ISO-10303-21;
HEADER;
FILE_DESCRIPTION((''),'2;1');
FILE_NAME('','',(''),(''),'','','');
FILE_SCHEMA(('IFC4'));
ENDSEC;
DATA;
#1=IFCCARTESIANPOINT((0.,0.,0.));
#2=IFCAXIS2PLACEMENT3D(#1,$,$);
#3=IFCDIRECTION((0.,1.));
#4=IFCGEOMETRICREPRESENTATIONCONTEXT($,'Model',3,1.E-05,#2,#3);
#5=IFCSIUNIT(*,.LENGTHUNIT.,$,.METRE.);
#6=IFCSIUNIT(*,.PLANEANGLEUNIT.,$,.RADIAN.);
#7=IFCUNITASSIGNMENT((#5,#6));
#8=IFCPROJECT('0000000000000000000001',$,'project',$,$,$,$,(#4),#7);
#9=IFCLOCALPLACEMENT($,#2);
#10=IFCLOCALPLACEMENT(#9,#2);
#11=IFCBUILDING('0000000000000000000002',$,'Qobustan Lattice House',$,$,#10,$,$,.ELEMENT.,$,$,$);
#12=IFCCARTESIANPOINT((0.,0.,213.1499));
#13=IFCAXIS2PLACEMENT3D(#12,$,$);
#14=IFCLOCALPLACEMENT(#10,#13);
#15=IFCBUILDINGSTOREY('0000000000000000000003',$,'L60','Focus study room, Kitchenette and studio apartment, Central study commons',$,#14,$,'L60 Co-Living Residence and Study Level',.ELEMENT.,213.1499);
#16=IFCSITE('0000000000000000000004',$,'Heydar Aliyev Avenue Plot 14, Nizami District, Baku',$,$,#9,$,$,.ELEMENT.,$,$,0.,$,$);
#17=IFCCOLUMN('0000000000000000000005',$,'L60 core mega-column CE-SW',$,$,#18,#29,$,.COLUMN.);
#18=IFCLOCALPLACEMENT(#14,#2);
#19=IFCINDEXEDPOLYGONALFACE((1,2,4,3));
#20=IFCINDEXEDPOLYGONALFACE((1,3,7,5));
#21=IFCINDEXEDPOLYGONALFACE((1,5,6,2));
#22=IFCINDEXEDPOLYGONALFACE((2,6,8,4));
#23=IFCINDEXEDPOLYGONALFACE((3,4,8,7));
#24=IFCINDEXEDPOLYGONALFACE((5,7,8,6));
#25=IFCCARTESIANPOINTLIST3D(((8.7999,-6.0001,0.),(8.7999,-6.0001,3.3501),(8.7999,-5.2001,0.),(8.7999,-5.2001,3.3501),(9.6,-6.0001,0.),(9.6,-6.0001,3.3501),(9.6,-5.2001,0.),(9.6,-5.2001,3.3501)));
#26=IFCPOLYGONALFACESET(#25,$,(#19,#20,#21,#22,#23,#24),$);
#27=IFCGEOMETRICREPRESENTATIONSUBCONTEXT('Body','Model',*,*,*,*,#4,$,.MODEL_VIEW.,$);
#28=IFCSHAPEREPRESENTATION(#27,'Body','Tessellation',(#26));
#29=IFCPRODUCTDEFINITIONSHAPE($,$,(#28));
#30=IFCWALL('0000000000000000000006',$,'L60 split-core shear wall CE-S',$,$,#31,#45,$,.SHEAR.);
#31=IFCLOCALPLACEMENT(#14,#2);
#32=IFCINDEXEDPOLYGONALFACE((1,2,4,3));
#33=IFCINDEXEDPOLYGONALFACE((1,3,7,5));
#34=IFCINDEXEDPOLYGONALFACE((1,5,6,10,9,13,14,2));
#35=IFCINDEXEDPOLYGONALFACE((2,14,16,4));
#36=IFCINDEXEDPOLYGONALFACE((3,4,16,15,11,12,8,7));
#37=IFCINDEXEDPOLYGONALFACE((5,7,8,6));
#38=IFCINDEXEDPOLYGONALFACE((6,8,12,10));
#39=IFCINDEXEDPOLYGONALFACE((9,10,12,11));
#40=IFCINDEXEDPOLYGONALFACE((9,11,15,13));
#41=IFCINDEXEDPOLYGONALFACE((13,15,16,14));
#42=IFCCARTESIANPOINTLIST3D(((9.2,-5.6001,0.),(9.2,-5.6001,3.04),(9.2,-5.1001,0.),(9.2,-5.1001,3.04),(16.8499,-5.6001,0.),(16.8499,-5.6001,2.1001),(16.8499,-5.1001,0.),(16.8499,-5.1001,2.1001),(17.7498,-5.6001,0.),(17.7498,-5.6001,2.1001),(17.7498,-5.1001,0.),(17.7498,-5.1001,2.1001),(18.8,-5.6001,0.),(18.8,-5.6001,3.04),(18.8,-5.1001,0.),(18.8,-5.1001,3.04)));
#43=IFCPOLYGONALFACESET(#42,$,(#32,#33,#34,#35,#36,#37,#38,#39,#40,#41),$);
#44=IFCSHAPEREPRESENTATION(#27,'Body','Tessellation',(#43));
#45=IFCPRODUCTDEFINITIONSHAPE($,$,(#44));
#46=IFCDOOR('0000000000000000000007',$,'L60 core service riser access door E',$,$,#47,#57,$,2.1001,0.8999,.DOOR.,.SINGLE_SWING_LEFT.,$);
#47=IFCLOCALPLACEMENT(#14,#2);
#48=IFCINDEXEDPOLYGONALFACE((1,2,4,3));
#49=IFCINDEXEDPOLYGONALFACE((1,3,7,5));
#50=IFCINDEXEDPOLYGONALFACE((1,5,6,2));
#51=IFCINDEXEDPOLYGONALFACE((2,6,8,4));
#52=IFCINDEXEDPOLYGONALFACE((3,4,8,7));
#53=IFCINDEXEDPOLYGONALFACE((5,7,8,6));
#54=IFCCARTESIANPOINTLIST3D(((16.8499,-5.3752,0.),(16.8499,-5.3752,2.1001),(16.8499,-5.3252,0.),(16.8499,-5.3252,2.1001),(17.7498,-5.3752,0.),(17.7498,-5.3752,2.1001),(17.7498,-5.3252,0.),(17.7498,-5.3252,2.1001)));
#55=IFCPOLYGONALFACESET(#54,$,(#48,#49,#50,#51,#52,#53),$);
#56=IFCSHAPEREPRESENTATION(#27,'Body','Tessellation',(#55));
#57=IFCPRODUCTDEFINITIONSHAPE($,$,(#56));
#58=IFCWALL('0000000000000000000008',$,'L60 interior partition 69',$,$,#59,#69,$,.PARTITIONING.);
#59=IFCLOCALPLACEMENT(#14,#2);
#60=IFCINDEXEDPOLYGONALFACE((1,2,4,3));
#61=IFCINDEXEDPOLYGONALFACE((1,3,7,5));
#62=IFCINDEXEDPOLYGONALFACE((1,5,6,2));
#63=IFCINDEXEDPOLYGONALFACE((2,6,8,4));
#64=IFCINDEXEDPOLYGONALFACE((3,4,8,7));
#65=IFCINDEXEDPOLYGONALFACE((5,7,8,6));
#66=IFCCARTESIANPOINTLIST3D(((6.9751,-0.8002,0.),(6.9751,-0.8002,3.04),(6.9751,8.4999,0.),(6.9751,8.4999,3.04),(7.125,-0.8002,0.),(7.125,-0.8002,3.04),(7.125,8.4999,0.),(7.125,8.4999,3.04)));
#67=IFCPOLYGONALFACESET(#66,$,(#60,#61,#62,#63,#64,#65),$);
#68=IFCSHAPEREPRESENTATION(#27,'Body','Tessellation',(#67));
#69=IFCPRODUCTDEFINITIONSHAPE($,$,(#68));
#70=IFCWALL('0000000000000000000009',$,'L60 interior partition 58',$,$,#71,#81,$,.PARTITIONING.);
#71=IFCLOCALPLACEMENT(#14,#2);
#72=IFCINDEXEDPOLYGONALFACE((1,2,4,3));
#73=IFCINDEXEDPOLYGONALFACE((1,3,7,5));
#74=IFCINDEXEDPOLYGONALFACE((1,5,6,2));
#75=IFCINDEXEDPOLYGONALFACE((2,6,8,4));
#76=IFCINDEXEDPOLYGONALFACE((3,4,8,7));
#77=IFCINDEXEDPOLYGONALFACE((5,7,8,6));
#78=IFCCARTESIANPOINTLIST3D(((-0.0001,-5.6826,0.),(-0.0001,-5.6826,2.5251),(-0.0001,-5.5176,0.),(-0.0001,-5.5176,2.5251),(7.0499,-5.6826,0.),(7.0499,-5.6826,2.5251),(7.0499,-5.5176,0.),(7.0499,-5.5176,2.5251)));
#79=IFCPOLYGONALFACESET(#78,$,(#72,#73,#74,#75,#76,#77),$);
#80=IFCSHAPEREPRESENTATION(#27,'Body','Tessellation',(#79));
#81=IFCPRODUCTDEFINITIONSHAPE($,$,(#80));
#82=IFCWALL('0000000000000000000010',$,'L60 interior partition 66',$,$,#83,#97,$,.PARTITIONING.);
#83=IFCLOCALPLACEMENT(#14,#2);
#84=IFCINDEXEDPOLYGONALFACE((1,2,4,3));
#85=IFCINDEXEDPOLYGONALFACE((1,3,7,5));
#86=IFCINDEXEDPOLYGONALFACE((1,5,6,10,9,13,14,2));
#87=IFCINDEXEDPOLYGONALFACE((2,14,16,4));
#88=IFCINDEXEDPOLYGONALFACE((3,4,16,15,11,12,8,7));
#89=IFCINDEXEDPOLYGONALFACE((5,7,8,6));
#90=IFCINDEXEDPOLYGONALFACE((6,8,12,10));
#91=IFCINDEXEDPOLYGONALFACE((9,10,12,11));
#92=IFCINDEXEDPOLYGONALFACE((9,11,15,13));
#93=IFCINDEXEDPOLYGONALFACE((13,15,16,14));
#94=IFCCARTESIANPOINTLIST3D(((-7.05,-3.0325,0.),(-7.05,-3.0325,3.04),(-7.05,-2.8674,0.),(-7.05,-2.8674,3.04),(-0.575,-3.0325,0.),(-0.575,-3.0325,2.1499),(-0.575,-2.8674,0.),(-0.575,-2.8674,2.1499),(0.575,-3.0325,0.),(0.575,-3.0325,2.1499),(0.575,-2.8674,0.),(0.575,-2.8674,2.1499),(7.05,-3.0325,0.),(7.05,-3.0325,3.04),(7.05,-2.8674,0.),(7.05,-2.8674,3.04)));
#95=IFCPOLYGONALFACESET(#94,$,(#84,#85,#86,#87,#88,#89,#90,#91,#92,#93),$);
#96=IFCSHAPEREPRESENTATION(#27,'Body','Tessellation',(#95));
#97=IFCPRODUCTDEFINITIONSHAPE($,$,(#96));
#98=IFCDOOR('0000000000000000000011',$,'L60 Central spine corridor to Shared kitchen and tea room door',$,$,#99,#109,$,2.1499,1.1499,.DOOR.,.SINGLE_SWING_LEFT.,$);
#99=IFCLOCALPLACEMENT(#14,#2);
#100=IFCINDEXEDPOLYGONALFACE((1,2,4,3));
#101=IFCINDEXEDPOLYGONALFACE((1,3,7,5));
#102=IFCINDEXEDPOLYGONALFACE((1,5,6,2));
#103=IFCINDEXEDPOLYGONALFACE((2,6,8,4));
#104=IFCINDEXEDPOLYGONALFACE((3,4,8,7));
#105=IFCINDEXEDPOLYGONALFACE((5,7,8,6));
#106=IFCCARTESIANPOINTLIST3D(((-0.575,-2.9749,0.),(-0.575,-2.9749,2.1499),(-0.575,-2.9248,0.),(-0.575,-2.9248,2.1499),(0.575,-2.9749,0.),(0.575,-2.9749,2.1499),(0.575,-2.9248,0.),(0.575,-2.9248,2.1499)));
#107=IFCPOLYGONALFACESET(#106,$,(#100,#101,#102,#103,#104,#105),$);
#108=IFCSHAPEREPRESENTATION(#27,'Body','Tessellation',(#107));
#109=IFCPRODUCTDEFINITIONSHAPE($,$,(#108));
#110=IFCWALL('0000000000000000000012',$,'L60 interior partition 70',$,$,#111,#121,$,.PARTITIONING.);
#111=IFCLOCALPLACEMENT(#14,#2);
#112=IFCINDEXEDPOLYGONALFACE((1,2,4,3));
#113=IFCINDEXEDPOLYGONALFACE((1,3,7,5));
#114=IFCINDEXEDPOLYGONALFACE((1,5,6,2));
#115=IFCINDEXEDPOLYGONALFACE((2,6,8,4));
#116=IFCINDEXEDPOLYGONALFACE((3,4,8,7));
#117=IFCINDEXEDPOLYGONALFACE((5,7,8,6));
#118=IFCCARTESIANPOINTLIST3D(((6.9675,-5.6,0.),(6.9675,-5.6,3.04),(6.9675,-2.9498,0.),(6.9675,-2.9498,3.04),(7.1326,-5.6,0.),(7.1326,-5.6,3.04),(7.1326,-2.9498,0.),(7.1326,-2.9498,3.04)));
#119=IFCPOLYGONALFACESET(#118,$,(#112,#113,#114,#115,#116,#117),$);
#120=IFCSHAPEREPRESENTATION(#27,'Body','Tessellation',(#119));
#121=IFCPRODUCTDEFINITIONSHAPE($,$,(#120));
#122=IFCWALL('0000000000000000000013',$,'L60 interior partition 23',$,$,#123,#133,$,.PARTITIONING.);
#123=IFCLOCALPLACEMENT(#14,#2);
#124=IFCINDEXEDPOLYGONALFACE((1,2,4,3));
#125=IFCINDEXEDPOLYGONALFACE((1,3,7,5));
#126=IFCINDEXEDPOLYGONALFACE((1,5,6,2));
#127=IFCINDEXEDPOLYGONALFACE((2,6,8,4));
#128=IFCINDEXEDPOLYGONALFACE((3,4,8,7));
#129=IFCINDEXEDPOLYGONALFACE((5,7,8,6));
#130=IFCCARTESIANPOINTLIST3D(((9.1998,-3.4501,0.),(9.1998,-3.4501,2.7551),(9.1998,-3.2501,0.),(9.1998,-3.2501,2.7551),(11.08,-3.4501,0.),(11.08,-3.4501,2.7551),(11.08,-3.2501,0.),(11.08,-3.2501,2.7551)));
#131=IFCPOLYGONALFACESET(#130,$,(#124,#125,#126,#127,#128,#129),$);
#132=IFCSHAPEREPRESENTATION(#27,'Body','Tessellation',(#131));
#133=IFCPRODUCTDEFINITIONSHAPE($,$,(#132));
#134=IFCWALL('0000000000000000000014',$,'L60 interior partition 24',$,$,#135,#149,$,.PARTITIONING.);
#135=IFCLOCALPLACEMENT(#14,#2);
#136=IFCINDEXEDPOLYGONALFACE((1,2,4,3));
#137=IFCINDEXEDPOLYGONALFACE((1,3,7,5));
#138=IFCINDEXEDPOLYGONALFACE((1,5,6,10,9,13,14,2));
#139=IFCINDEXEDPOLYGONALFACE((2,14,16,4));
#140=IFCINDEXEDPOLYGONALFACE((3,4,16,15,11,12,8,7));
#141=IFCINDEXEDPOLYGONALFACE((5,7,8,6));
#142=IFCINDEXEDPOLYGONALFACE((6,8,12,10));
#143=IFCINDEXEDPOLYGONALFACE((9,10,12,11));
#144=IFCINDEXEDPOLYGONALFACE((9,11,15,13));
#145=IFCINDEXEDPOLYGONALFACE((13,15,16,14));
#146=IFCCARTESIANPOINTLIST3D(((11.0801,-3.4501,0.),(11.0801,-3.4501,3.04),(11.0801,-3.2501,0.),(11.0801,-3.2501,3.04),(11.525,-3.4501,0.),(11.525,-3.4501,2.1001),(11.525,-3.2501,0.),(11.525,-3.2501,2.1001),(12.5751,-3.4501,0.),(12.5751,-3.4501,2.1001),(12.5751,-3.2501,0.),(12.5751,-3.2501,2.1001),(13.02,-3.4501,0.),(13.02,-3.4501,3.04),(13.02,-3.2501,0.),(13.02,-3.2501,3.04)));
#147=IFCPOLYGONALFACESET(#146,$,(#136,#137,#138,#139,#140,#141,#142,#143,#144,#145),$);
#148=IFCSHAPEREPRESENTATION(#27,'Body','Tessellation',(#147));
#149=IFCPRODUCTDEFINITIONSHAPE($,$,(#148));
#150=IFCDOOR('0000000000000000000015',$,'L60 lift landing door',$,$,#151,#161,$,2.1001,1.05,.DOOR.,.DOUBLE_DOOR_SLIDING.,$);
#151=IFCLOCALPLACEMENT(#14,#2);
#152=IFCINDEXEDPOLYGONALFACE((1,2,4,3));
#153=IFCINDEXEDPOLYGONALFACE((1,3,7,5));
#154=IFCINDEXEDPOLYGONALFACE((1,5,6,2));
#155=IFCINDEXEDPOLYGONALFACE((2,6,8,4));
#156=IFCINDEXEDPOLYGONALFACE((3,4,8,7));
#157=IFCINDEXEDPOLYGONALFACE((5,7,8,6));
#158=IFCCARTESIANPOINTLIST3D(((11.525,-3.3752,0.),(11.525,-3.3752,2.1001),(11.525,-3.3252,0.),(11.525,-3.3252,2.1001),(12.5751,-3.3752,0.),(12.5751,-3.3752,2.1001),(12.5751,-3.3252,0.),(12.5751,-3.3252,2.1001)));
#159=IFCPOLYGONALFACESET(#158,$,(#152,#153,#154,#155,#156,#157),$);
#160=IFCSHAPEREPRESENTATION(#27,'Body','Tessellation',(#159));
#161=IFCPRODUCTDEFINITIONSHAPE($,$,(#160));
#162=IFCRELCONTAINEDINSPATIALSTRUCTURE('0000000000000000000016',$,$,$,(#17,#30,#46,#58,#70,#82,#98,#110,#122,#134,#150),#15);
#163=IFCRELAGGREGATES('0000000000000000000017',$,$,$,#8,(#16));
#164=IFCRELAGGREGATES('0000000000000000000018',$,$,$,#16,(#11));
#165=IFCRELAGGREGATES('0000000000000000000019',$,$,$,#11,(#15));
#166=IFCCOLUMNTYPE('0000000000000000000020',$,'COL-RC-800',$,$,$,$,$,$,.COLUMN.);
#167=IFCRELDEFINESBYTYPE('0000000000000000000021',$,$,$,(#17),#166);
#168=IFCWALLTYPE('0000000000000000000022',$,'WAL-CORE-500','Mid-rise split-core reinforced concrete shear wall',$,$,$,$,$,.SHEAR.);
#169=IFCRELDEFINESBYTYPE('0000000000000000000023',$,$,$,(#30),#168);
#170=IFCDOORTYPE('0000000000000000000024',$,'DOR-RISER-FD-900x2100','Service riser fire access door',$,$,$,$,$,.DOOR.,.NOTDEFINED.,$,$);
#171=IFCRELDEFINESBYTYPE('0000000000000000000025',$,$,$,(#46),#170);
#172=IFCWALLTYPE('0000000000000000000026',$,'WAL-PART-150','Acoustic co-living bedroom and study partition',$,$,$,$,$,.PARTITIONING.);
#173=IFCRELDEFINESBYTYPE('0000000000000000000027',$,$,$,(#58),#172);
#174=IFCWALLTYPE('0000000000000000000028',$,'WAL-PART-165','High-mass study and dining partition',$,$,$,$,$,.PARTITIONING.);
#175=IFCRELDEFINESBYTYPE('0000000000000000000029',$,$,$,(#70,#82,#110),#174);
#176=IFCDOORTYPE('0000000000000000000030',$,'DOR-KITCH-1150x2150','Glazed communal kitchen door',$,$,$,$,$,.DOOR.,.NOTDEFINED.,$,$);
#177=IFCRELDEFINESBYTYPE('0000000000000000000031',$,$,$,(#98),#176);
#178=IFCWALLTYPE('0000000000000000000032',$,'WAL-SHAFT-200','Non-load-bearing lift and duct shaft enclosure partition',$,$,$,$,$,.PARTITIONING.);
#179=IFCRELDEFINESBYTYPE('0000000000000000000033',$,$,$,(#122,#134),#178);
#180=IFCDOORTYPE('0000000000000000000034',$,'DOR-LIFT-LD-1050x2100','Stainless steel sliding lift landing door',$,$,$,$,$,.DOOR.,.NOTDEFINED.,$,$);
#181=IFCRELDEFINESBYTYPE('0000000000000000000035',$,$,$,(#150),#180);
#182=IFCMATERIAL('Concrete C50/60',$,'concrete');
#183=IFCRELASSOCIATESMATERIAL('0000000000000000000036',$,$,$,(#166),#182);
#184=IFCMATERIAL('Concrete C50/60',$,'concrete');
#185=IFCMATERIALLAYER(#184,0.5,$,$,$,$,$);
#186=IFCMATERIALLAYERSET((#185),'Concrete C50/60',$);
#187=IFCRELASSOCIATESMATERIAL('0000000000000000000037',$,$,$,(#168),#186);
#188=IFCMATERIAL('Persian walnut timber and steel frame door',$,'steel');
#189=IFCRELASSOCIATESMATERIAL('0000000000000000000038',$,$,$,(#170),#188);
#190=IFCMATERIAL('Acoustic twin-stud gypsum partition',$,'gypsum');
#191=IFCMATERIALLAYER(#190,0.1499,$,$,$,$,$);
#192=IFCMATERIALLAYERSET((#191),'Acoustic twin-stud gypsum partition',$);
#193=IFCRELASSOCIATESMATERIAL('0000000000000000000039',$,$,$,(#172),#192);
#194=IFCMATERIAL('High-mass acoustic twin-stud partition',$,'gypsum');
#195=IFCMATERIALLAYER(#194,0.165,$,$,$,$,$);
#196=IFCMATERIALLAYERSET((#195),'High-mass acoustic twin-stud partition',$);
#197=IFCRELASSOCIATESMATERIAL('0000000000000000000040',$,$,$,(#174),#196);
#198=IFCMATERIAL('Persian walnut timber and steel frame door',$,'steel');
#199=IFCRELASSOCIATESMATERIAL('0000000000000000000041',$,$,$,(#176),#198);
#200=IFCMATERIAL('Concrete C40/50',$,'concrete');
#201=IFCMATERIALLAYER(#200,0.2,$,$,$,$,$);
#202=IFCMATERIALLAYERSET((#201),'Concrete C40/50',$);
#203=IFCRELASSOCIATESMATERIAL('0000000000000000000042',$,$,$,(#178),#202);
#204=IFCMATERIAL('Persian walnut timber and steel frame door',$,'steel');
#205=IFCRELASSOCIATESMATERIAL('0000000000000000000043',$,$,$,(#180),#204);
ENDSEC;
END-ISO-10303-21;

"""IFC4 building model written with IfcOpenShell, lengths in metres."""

from ifc_helpers import new_model, si_unit, direction, frame, frame_2d, origin, origin_2d, place, context, subcontext, project, spatial, rectangle, extrude, material, layer, layer_set, material_profile, profile_set, type_object, element, fill, save


model = new_model("IFC4")

# Units and contexts
model_context = context("Model", 3, precision=1e-05, world=origin(), true_north=direction((0.0, 1.0)))
body_context = subcontext(model_context, "Body", "Model", "MODEL_VIEW")
ifc_project = project(units=[si_unit("LENGTHUNIT", "METRE"), si_unit("PLANEANGLEUNIT", "RADIAN")], contexts=[model_context])

# Site, building, storey
site_placement = place(None, origin())
site = spatial("IfcSite", under=ifc_project, at=site_placement, Name="Heydar Aliyev Avenue Plot 14, Nizami District, Baku", CompositionType="ELEMENT", RefElevation=0.0)
building_placement = place(site_placement, origin())
building = spatial("IfcBuilding", under=site, at=building_placement, Name="Qobustan Lattice House", CompositionType="ELEMENT")
storey_placement = place(building_placement, frame((0.0, 0.0, 213.1499)))
storey = spatial("IfcBuildingStorey", under=building, at=storey_placement, Name="L60", Description="Focus study room, Kitchenette and studio apartment, Central study commons", LongName="L60 Co-Living Residence and Study Level", CompositionType="ELEMENT", Elevation=213.1499)

# Column
ifc_material_1 = material(Name="Concrete C50/60", Category="concrete")
ifc_material_profile = material_profile(ifc_material_1, rectangle(XDim=0.8, YDim=0.8, at=origin_2d()), Name="RC800x800")
ifc_profile_set = profile_set([ifc_material_profile], Name="Concrete C50/60")
column_type = type_object("IfcColumnType", Name="COL-RC-800", PredefinedType="COLUMN", material=ifc_profile_set)
column_placement = place(storey_placement, frame((9.2, -5.6001, 0.0), z_axis=(0.0, 0.0, 1.0), x_axis=(1.0, 0.0, 0.0)))
element("IfcColumn", 1, at=column_placement, inside=storey, type_object=column_type, Name="L60 core mega-column CE-SW", PredefinedType="COLUMN", context=body_context, shape_type="SweptSolid", body=[
    extrude(rectangle(XDim=0.8, YDim=0.8, at=origin_2d()), origin(), (0.0, 0.0, 1.0), 3.3501),
])

# Wall, opening, door
ifc_material_2 = material(Name="Concrete C50/60", Category="concrete")
ifc_layer_1 = layer(ifc_material_2, 0.5)
ifc_layer_set_1 = layer_set([ifc_layer_1], Name="Concrete C50/60")
wall_type_1 = type_object("IfcWallType", Name="WAL-CORE-500", Description="Mid-rise split-core reinforced concrete shear wall", PredefinedType="SHEAR", material=ifc_layer_set_1)
wall_1_placement = place(storey_placement, frame((9.2, -5.3501, 0.0), z_axis=(0.0, 0.0, 1.0), x_axis=(1.0, 0.0, 0.0)))
wall_1 = element("IfcWall", 2, at=wall_1_placement, inside=storey, type_object=wall_type_1, Name="L60 split-core shear wall CE-S", PredefinedType="SHEAR", context=body_context, shape_type="SweptSolid", body=[
    extrude(rectangle(XDim=9.6001, YDim=0.5, at=frame_2d((4.8, 0.0))), origin(), (0.0, 0.0, 1.0), 3.04),
])
opening_1_placement = place(wall_1_placement, frame((7.6499, 0.0, 0.0)))
opening_1 = element("IfcOpeningElement", 3, at=opening_1_placement, cuts=wall_1, PredefinedType="OPENING", context=body_context, shape_type="SweptSolid", body=[
    extrude(rectangle(XDim=0.8999, YDim=2.1001, at=frame_2d((0.45, 1.05))), frame((0.0, 0.26, 0.0), z_axis=(0.0, -1.0, 0.0), x_axis=(1.0, 0.0, 0.0)), (0.0, 0.0, 1.0), 0.52),
])
ifc_material_3 = material(Name="Persian walnut timber and steel frame door", Category="steel")
door_type_1 = type_object("IfcDoorType", Name="DOR-RISER-FD-900x2100", Description="Service riser fire access door", OperationType="NOTDEFINED", PredefinedType="DOOR", material=ifc_material_3)
door_1_placement = place(opening_1_placement, origin())
door_1 = element("IfcDoor", 4, at=door_1_placement, inside=storey, type_object=door_type_1, Name="L60 core service riser access door E", OperationType="SINGLE_SWING_LEFT", OverallHeight=2.1001, OverallWidth=0.8999, PredefinedType="DOOR", context=body_context, shape_type="SweptSolid", body=[
    extrude(rectangle(XDim=0.8999, YDim=2.1001, at=frame_2d((0.45, 1.05))), frame((0.0, 0.0249, 0.0), z_axis=(0.0, -1.0, 0.0), x_axis=(1.0, 0.0, 0.0)), (0.0, 0.0, 1.0), 0.05),
])
fill(opening_1, door_1)

# Walls
ifc_material_4 = material(Name="Acoustic twin-stud gypsum partition", Category="gypsum")
ifc_layer_2 = layer(ifc_material_4, 0.1499)
ifc_layer_set_2 = layer_set([ifc_layer_2], Name="Acoustic twin-stud gypsum partition")
wall_type_2 = type_object("IfcWallType", Name="WAL-PART-150", Description="Acoustic co-living bedroom and study partition", PredefinedType="PARTITIONING", material=ifc_layer_set_2)
wall_2_placement = place(storey_placement, frame((7.05, -0.8, 0.0), z_axis=(0.0, 0.0, 1.0), x_axis=(0.0, 1.0, 0.0)))
element("IfcWall", 5, at=wall_2_placement, inside=storey, type_object=wall_type_2, Name="L60 interior partition 69", PredefinedType="PARTITIONING", context=body_context, shape_type="SweptSolid", body=[
    extrude(rectangle(XDim=9.3, YDim=0.1499, at=frame_2d((4.6499, 0.0))), origin(), (0.0, 0.0, 1.0), 3.04),
])
ifc_material_5 = material(Name="High-mass acoustic twin-stud partition", Category="gypsum")
ifc_layer_3 = layer(ifc_material_5, 0.165)
ifc_layer_set_3 = layer_set([ifc_layer_3], Name="High-mass acoustic twin-stud partition")
wall_type_3 = type_object("IfcWallType", Name="WAL-PART-165", Description="High-mass study and dining partition", PredefinedType="PARTITIONING", material=ifc_layer_set_3)
wall_3_placement = place(storey_placement, frame((0.0, -5.6001, 0.0), z_axis=(0.0, 0.0, 1.0), x_axis=(1.0, 0.0, 0.0)))
element("IfcWall", 6, at=wall_3_placement, inside=storey, type_object=wall_type_3, Name="L60 interior partition 58", PredefinedType="PARTITIONING", context=body_context, shape_type="SweptSolid", body=[
    extrude(rectangle(XDim=7.05, YDim=0.165, at=frame_2d((3.5249, 0.0))), origin(), (0.0, 0.0, 1.0), 2.5251),
])

# Wall, opening, door
wall_4_placement = place(storey_placement, frame((7.05, -2.95, 0.0), z_axis=(0.0, 0.0, 1.0), x_axis=(-1.0, 0.0, 0.0)))
wall_4 = element("IfcWall", 7, at=wall_4_placement, inside=storey, type_object=wall_type_3, Name="L60 interior partition 66", PredefinedType="PARTITIONING", context=body_context, shape_type="SweptSolid", body=[
    extrude(rectangle(XDim=14.1001, YDim=0.165, at=frame_2d((7.05, 0.0))), origin(), (0.0, 0.0, 1.0), 3.04),
])
opening_2_placement = place(wall_4_placement, frame((6.4751, 0.0, 0.0)))
opening_2 = element("IfcOpeningElement", 8, at=opening_2_placement, cuts=wall_4, PredefinedType="OPENING", context=body_context, shape_type="SweptSolid", body=[
    extrude(rectangle(XDim=1.1499, YDim=2.1499, at=frame_2d((0.575, 1.075))), frame((0.0, 0.0925, 0.0), z_axis=(0.0, -1.0, 0.0), x_axis=(1.0, 0.0, 0.0)), (0.0, 0.0, 1.0), 0.1851),
])
ifc_material_6 = material(Name="Persian walnut timber and steel frame door", Category="steel")
door_type_2 = type_object("IfcDoorType", Name="DOR-KITCH-1150x2150", Description="Glazed communal kitchen door", OperationType="NOTDEFINED", PredefinedType="DOOR", material=ifc_material_6)
door_2_placement = place(opening_2_placement, origin())
door_2 = element("IfcDoor", 9, at=door_2_placement, inside=storey, type_object=door_type_2, Name="L60 Central spine corridor to Shared kitchen and tea room door", OperationType="SINGLE_SWING_LEFT", OverallHeight=2.1499, OverallWidth=1.1499, PredefinedType="DOOR", context=body_context, shape_type="SweptSolid", body=[
    extrude(rectangle(XDim=1.1499, YDim=2.1499, at=frame_2d((0.575, 1.075))), frame((0.0, 0.0249, 0.0), z_axis=(0.0, -1.0, 0.0), x_axis=(1.0, 0.0, 0.0)), (0.0, 0.0, 1.0), 0.05),
])
fill(opening_2, door_2)

# Walls
wall_5_placement = place(storey_placement, frame((7.05, -5.6001, 0.0), z_axis=(0.0, 0.0, 1.0), x_axis=(0.0, 1.0, 0.0)))
element("IfcWall", 10, at=wall_5_placement, inside=storey, type_object=wall_type_3, Name="L60 interior partition 70", PredefinedType="PARTITIONING", context=body_context, shape_type="SweptSolid", body=[
    extrude(rectangle(XDim=2.6501, YDim=0.165, at=frame_2d((1.3252, 0.0))), origin(), (0.0, 0.0, 1.0), 3.04),
])
ifc_material_7 = material(Name="Concrete C40/50", Category="concrete")
ifc_layer_4 = layer(ifc_material_7, 0.2)
ifc_layer_set_4 = layer_set([ifc_layer_4], Name="Concrete C40/50")
wall_type_4 = type_object("IfcWallType", Name="WAL-SHAFT-200", Description="Non-load-bearing lift and duct shaft enclosure partition", PredefinedType="PARTITIONING", material=ifc_layer_set_4)
wall_6_placement = place(storey_placement, frame((9.2, -3.3501, 0.0), z_axis=(0.0, 0.0, 1.0), x_axis=(1.0, 0.0, 0.0)))
element("IfcWall", 11, at=wall_6_placement, inside=storey, type_object=wall_type_4, Name="L60 interior partition 23", PredefinedType="PARTITIONING", context=body_context, shape_type="SweptSolid", body=[
    extrude(rectangle(XDim=1.8801, YDim=0.2, at=frame_2d((0.9399, 0.0))), origin(), (0.0, 0.0, 1.0), 2.7551),
])

# Wall, opening, door
wall_7_placement = place(storey_placement, frame((11.0801, -3.3501, 0.0), z_axis=(0.0, 0.0, 1.0), x_axis=(1.0, 0.0, 0.0)))
wall_7 = element("IfcWall", 12, at=wall_7_placement, inside=storey, type_object=wall_type_4, Name="L60 interior partition 24", PredefinedType="PARTITIONING", context=body_context, shape_type="SweptSolid", body=[
    extrude(rectangle(XDim=1.9399, YDim=0.2, at=frame_2d((0.97, 0.0))), origin(), (0.0, 0.0, 1.0), 3.04),
])
opening_3_placement = place(wall_7_placement, frame((0.4451, 0.0, 0.0)))
opening_3 = element("IfcOpeningElement", 13, at=opening_3_placement, cuts=wall_7, PredefinedType="OPENING", context=body_context, shape_type="SweptSolid", body=[
    extrude(rectangle(XDim=1.05, YDim=2.1001, at=frame_2d((0.5249, 1.05))), frame((0.0, 0.1099, 0.0), z_axis=(0.0, -1.0, 0.0), x_axis=(1.0, 0.0, 0.0)), (0.0, 0.0, 1.0), 0.22),
])
ifc_material_8 = material(Name="Persian walnut timber and steel frame door", Category="steel")
door_type_3 = type_object("IfcDoorType", Name="DOR-LIFT-LD-1050x2100", Description="Stainless steel sliding lift landing door", OperationType="NOTDEFINED", PredefinedType="DOOR", material=ifc_material_8)
door_3_placement = place(opening_3_placement, origin())
door_3 = element("IfcDoor", 14, at=door_3_placement, inside=storey, type_object=door_type_3, Name="L60 lift landing door", OperationType="DOUBLE_DOOR_SLIDING", OverallHeight=2.1001, OverallWidth=1.05, PredefinedType="DOOR", context=body_context, shape_type="SweptSolid", body=[
    extrude(rectangle(XDim=1.05, YDim=2.1001, at=frame_2d((0.5249, 1.05))), frame((0.0, 0.0249, 0.0), z_axis=(0.0, -1.0, 0.0), x_axis=(1.0, 0.0, 0.0)), (0.0, 0.0, 1.0), 0.05),
])
fill(opening_3, door_3)

save(model, "model.ifc")
